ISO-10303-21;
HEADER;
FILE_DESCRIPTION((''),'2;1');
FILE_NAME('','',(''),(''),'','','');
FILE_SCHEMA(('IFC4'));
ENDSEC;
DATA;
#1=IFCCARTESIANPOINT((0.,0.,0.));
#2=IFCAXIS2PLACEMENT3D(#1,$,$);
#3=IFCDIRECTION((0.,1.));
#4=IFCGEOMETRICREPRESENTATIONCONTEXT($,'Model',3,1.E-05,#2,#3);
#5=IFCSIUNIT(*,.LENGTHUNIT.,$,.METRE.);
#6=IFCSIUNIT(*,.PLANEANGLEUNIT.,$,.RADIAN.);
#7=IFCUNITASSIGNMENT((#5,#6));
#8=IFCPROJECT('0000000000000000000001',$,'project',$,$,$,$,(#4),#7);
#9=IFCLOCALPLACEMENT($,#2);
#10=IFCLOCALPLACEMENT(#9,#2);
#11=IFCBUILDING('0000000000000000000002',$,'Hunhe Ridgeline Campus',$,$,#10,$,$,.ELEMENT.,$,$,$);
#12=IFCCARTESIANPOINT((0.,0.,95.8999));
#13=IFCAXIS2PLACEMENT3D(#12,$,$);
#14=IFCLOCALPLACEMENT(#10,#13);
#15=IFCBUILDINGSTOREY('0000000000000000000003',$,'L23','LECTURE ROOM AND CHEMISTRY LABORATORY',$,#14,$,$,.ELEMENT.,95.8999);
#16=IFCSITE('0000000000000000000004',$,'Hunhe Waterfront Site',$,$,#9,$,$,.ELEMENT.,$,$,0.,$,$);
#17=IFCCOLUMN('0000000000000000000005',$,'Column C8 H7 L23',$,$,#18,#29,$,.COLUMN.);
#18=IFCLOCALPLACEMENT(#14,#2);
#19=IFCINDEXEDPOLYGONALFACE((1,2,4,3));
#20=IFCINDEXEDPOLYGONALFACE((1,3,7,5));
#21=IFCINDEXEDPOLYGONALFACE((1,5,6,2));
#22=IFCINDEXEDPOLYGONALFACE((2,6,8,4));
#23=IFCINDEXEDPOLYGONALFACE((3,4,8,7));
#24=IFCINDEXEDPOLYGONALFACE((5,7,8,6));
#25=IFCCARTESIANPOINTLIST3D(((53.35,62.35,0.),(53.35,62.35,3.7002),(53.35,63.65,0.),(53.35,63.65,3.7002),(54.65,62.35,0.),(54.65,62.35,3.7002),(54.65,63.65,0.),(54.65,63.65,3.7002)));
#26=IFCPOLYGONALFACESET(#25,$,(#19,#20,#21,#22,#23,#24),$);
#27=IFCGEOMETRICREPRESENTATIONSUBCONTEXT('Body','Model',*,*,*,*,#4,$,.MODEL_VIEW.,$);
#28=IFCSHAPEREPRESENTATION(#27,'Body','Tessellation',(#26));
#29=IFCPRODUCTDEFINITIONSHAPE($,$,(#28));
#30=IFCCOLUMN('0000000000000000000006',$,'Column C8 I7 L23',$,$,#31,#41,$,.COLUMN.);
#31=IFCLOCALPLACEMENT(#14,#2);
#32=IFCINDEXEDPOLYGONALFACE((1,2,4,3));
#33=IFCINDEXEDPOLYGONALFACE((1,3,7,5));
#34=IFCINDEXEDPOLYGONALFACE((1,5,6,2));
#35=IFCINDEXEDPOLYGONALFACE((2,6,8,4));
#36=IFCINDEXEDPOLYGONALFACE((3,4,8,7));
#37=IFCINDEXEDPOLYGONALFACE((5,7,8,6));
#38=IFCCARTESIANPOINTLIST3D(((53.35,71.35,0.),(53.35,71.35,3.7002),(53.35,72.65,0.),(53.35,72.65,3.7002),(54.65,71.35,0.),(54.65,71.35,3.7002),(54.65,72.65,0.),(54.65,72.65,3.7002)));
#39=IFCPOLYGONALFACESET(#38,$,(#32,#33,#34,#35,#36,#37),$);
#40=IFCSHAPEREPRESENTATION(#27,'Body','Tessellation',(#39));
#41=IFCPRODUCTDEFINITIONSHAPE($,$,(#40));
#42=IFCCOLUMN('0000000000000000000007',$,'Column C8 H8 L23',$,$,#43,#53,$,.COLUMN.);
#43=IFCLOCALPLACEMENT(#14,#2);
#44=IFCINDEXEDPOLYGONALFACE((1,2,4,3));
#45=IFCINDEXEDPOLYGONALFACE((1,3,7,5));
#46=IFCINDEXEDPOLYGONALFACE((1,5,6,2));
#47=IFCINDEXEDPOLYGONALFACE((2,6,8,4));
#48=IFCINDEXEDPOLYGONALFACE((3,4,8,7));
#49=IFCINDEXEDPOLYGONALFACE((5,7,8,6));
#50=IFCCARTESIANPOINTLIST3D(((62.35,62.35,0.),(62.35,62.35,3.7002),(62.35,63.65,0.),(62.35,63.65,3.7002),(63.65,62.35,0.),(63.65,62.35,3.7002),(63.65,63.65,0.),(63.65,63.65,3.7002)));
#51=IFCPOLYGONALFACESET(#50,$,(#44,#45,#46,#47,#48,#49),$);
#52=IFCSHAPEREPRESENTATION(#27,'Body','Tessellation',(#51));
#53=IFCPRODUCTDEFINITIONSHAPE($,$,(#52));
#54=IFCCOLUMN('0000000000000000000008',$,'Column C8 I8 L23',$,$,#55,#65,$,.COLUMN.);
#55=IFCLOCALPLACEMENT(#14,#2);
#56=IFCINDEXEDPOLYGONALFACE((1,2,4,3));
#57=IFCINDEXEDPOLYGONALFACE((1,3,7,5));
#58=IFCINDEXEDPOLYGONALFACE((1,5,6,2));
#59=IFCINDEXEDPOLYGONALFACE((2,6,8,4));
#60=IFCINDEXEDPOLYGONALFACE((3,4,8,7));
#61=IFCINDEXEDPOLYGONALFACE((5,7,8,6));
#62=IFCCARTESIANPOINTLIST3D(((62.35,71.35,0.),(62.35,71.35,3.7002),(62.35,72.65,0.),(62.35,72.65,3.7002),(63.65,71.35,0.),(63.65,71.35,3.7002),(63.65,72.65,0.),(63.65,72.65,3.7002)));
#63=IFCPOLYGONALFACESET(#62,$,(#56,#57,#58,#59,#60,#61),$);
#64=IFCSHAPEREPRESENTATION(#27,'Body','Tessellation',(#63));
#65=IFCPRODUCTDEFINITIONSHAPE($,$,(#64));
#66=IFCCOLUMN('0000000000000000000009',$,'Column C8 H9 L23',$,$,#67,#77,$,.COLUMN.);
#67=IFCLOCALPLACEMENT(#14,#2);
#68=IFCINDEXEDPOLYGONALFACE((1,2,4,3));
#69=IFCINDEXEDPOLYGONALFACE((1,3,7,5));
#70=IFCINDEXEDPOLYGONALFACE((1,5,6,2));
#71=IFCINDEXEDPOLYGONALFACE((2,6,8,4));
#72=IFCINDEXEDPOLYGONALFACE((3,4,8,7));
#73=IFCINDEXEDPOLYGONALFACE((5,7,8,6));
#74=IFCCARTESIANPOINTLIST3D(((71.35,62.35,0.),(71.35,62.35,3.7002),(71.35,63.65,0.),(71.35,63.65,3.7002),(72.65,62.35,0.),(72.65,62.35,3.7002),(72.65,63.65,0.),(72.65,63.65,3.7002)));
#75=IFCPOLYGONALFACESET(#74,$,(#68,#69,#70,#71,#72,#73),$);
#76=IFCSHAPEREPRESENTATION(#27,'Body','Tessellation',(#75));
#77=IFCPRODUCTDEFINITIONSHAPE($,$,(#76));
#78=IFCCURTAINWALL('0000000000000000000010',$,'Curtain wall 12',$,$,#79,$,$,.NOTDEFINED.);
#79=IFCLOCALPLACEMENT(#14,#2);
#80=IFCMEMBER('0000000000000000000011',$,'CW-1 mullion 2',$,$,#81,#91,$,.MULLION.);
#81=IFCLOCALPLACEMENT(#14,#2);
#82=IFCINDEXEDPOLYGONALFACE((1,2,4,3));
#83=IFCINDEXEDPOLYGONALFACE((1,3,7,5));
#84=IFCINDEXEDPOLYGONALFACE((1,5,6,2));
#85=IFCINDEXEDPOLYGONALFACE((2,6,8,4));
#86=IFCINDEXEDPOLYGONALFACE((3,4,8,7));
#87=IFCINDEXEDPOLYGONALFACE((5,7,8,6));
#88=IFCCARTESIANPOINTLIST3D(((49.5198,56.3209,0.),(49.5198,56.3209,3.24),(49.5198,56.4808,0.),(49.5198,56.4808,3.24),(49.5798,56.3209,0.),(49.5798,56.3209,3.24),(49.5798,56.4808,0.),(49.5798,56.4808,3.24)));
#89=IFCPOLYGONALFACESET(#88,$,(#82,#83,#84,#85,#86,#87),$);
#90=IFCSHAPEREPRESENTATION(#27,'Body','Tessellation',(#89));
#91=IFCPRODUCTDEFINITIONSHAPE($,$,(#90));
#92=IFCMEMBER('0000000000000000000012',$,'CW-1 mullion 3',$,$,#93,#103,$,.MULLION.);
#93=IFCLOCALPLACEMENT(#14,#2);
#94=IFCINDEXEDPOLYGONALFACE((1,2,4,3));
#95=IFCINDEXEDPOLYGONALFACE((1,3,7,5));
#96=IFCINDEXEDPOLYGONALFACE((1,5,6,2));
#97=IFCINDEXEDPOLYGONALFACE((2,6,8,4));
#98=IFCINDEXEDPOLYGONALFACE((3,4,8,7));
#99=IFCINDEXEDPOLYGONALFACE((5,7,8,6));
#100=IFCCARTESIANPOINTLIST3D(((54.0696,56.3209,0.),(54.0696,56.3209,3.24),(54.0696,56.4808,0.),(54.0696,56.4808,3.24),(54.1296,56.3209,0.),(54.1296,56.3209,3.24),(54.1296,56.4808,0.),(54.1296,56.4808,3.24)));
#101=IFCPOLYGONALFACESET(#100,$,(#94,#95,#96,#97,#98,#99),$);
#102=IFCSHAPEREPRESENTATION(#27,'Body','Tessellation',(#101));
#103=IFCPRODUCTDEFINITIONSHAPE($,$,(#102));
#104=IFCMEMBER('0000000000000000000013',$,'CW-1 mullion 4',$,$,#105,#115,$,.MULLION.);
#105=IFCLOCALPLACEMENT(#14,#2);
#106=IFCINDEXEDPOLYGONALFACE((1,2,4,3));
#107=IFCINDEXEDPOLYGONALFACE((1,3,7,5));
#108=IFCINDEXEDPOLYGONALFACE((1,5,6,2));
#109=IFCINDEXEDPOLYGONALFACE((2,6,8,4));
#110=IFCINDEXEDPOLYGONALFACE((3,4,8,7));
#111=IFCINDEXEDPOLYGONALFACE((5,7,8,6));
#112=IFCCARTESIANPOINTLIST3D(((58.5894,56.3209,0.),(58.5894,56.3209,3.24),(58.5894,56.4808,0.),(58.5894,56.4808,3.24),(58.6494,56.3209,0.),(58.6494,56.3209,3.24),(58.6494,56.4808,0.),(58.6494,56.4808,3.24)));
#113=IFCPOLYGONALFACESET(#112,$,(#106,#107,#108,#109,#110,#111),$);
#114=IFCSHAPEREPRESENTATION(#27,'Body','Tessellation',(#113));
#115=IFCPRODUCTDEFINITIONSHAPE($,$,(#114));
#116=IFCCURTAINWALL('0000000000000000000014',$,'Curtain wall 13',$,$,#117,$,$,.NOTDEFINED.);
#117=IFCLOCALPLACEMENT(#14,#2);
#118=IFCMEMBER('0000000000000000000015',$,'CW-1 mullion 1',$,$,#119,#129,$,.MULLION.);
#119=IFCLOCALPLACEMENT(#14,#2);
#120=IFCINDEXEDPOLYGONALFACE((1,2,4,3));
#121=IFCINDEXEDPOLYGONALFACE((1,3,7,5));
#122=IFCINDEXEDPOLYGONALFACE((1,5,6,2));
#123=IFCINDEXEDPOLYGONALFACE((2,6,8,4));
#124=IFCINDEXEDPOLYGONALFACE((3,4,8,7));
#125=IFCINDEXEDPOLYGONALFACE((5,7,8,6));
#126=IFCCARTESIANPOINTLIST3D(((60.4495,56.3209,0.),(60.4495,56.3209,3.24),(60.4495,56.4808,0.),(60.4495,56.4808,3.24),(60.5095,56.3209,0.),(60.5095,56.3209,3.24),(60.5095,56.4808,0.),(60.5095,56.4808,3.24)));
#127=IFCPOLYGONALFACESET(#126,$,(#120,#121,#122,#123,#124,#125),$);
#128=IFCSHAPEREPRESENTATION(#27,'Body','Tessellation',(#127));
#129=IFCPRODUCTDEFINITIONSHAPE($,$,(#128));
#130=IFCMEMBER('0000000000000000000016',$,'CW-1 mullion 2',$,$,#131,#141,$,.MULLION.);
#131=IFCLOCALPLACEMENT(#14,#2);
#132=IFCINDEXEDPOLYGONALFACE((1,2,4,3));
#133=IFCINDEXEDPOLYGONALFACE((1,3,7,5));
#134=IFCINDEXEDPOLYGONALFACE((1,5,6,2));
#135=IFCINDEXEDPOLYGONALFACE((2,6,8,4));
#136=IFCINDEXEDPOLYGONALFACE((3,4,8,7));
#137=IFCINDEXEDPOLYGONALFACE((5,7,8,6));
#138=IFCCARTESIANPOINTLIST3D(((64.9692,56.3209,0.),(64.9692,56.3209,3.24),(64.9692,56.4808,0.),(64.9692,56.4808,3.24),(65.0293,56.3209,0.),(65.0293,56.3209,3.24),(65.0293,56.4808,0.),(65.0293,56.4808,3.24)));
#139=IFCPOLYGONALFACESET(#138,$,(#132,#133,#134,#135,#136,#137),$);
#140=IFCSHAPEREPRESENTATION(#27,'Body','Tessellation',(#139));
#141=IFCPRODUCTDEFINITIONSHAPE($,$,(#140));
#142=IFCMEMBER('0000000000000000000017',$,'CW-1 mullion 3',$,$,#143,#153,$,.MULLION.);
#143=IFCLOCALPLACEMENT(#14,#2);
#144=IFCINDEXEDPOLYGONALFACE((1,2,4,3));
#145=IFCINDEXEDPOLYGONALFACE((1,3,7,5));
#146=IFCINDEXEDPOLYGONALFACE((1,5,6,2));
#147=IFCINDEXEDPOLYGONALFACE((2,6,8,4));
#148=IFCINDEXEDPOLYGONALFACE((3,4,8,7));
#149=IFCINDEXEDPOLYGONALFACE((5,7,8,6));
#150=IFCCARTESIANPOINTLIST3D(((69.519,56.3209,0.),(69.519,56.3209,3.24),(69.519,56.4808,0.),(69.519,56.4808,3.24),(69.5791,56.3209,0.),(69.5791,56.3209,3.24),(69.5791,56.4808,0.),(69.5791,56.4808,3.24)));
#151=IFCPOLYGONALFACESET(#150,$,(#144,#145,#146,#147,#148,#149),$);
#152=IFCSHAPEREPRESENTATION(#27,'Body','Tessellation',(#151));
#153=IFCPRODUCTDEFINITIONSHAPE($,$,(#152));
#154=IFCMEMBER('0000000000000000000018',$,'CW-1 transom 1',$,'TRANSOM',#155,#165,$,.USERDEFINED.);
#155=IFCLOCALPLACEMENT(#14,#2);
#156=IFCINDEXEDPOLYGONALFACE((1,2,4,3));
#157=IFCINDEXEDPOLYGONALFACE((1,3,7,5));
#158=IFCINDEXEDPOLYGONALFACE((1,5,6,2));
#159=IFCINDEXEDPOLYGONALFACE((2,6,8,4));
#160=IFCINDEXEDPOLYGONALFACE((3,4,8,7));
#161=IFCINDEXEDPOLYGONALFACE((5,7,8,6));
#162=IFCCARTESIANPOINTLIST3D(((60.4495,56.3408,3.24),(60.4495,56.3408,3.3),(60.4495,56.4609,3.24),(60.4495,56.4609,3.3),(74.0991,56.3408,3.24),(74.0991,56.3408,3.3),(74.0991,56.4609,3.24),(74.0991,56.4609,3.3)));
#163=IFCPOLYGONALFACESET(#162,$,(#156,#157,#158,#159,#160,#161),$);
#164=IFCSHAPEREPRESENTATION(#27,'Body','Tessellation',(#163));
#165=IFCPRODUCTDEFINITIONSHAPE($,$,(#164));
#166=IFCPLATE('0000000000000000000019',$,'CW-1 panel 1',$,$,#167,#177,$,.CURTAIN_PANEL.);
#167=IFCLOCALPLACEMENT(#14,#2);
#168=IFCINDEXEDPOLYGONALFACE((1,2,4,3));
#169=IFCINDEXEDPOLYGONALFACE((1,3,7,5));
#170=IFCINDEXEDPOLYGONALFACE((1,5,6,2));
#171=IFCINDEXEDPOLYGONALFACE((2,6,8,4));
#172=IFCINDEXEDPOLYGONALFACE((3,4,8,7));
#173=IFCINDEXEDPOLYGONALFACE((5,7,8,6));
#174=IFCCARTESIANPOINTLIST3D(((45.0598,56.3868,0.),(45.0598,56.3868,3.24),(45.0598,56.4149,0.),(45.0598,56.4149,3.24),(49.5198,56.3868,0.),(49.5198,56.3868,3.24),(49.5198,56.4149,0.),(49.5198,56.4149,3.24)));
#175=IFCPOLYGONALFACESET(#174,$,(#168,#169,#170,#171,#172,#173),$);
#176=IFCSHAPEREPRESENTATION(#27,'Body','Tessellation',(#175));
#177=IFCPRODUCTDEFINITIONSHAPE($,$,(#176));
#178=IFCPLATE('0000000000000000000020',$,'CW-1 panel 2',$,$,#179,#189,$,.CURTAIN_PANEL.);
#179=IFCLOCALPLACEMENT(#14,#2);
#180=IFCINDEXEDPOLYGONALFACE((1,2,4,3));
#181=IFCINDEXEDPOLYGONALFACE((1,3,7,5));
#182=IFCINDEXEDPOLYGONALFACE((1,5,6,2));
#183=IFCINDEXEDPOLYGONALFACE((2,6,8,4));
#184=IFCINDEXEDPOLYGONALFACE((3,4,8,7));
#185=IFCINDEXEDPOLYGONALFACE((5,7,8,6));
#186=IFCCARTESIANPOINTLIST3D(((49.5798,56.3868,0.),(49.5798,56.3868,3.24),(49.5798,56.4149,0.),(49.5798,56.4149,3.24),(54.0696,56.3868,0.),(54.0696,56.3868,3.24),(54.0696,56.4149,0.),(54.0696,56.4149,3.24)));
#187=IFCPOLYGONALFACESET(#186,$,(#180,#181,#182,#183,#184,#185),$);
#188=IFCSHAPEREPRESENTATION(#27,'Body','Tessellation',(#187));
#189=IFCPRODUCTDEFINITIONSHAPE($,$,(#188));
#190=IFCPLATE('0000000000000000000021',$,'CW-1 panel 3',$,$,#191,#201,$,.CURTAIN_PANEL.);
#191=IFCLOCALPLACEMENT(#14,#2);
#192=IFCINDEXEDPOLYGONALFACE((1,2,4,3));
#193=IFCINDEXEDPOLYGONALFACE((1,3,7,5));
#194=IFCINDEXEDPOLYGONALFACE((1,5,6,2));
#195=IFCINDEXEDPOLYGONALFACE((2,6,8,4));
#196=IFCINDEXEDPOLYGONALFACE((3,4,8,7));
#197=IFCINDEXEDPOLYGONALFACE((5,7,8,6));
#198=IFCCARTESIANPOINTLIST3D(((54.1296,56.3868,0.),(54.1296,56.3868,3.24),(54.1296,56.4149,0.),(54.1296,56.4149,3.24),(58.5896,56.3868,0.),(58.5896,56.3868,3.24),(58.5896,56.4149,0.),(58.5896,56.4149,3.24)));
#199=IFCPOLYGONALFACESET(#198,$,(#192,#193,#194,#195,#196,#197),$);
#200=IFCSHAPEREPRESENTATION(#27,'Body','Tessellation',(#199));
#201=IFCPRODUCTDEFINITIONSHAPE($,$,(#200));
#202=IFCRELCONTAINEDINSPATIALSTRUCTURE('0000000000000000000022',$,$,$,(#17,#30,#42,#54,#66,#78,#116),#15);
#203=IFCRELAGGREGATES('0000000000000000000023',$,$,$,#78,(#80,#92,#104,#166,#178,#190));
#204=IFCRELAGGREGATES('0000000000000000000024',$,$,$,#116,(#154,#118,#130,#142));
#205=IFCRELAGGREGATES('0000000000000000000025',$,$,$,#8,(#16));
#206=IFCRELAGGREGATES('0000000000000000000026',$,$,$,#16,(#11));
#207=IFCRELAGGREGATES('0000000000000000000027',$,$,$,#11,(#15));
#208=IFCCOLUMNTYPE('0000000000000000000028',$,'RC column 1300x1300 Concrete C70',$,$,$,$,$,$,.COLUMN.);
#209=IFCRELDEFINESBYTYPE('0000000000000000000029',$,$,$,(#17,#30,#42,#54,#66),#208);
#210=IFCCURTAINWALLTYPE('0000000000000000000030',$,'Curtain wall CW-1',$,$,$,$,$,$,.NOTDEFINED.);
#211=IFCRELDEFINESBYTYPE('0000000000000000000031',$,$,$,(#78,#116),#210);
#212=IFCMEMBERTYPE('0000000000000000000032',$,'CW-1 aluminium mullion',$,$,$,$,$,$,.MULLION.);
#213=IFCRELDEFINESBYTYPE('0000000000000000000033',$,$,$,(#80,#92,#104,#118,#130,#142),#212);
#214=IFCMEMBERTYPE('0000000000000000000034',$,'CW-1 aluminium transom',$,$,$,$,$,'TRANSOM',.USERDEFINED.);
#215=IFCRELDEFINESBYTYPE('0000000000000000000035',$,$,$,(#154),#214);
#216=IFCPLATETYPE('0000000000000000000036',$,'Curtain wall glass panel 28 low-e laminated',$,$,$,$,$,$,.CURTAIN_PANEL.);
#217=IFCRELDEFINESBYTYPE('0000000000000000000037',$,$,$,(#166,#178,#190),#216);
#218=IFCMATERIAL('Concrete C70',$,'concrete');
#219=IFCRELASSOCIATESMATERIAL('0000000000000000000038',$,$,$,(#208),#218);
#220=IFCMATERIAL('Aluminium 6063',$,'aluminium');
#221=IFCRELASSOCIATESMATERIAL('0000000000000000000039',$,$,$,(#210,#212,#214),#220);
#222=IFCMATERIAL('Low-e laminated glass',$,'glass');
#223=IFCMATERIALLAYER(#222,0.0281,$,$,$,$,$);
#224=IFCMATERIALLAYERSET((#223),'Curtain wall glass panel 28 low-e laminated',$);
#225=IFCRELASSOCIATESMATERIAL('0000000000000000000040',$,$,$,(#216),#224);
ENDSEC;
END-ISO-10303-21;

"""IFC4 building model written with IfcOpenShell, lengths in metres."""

from ifc_helpers import new_model, si_unit, direction, frame, origin, origin_2d, place, context, subcontext, project, spatial, rectangle, extrude, material, layer, layer_set, material_profile, profile_set, type_object, element, aggregate, save


model = new_model("IFC4")

# Units and contexts
model_context = context("Model", 3, precision=1e-05, world=origin(), true_north=direction((0.0, 1.0)))
body_context = subcontext(model_context, "Body", "Model", "MODEL_VIEW")
ifc_project = project(units=[si_unit("LENGTHUNIT", "METRE"), si_unit("PLANEANGLEUNIT", "RADIAN")], contexts=[model_context])

# Site, building, storey
site_placement = place(None, origin())
site = spatial("IfcSite", under=ifc_project, at=site_placement, Name="Hunhe Waterfront Site", CompositionType="ELEMENT", RefElevation=0.0)
building_placement = place(site_placement, origin())
building = spatial("IfcBuilding", under=site, at=building_placement, Name="Hunhe Ridgeline Campus", CompositionType="ELEMENT")
storey_placement = place(building_placement, frame((0.0, 0.0, 95.8999)))
storey = spatial("IfcBuildingStorey", under=building, at=storey_placement, Name="L23", Description="LECTURE ROOM AND CHEMISTRY LABORATORY", CompositionType="ELEMENT", Elevation=95.8999)

# Columns
ifc_material_1 = material(Name="Concrete C70", Category="concrete")
ifc_material_profile_1 = material_profile(ifc_material_1, rectangle(XDim=1.3, YDim=1.3, at=origin_2d()))
ifc_profile_set_1 = profile_set([ifc_material_profile_1], Name="Concrete C70")
column_type = type_object("IfcColumnType", Name="RC column 1300x1300 Concrete C70", PredefinedType="COLUMN", material=ifc_profile_set_1)
for number, where, z_axis, x_axis, name in (
    (1, (54.0, 63.0, 0.0), (0.0, 0.0, 1.0), (1.0, 0.0, 0.0), "Column C8 H7 L23"),
    (2, (54.0, 72.0, 0.0), (0.0, 0.0, 1.0), (1.0, 0.0, 0.0), "Column C8 I7 L23"),
    (3, (63.0, 63.0, 0.0), (0.0, 0.0, 1.0), (1.0, 0.0, 0.0), "Column C8 H8 L23"),
    (4, (63.0, 72.0, 0.0), (0.0, 0.0, 1.0), (1.0, 0.0, 0.0), "Column C8 I8 L23"),
    (5, (72.0, 63.0, 0.0), (0.0, 0.0, 1.0), (1.0, 0.0, 0.0), "Column C8 H9 L23"),
):
    element("IfcColumn", number, at=place(storey_placement, frame(where, z_axis=z_axis, x_axis=x_axis)), inside=storey, type_object=column_type, Name=name, PredefinedType="COLUMN", context=body_context, shape_type="SweptSolid", body=[
        extrude(rectangle(XDim=1.3, YDim=1.3, at=origin_2d()), origin(), (0.0, 0.0, 1.0), 3.7002),
    ])

# Curtain walls, members
ifc_material_2 = material(Name="Aluminium 6063", Category="aluminium")
curtain_wall_type = type_object("IfcCurtainWallType", Name="Curtain wall CW-1", PredefinedType="NOTDEFINED", material=ifc_material_2)
curtain_wall_1_placement = place(storey_placement, origin())
curtain_wall_1 = element("IfcCurtainWall", 6, at=curtain_wall_1_placement, inside=storey, type_object=curtain_wall_type, Name="Curtain wall 12", PredefinedType="NOTDEFINED")
ifc_material_profile_2 = material_profile(ifc_material_2, rectangle(XDim=0.1599, YDim=0.0601, at=origin_2d()))
ifc_profile_set_2 = profile_set([ifc_material_profile_2], Name="Aluminium 6063")
member_type_1 = type_object("IfcMemberType", Name="CW-1 aluminium mullion", PredefinedType="MULLION", material=ifc_profile_set_2)
member_1_placement = place(storey_placement, frame((49.5498, 56.4009, 0.0), z_axis=(0.0, 0.0, 1.0), x_axis=(0.0, 1.0, 0.0)))
member_1 = element("IfcMember", 7, at=member_1_placement, type_object=member_type_1, Name="CW-1 mullion 2", PredefinedType="MULLION", context=body_context, shape_type="SweptSolid", body=[
    extrude(rectangle(XDim=0.1599, YDim=0.0601, at=origin_2d()), origin(), (0.0, 0.0, 1.0), 3.24),
])
member_2_placement = place(storey_placement, frame((54.0996, 56.4009, 0.0), z_axis=(0.0, 0.0, 1.0), x_axis=(0.0, 1.0, 0.0)))
member_2 = element("IfcMember", 8, at=member_2_placement, type_object=member_type_1, Name="CW-1 mullion 3", PredefinedType="MULLION", context=body_context, shape_type="SweptSolid", body=[
    extrude(rectangle(XDim=0.1599, YDim=0.0601, at=origin_2d()), origin(), (0.0, 0.0, 1.0), 3.24),
])
member_3_placement = place(storey_placement, frame((58.6194, 56.4009, 0.0), z_axis=(0.0, 0.0, 1.0), x_axis=(0.0, 1.0, 0.0)))
member_3 = element("IfcMember", 9, at=member_3_placement, type_object=member_type_1, Name="CW-1 mullion 4", PredefinedType="MULLION", context=body_context, shape_type="SweptSolid", body=[
    extrude(rectangle(XDim=0.1599, YDim=0.0601, at=origin_2d()), origin(), (0.0, 0.0, 1.0), 3.24),
])
curtain_wall_2_placement = place(storey_placement, origin())
curtain_wall_2 = element("IfcCurtainWall", 10, at=curtain_wall_2_placement, inside=storey, type_object=curtain_wall_type, Name="Curtain wall 13", PredefinedType="NOTDEFINED")
member_4_placement = place(storey_placement, frame((60.4795, 56.4009, 0.0), z_axis=(0.0, 0.0, 1.0), x_axis=(0.0, 1.0, 0.0)))
member_4 = element("IfcMember", 11, at=member_4_placement, type_object=member_type_1, Name="CW-1 mullion 1", PredefinedType="MULLION", context=body_context, shape_type="SweptSolid", body=[
    extrude(rectangle(XDim=0.1599, YDim=0.0601, at=origin_2d()), origin(), (0.0, 0.0, 1.0), 3.24),
])
member_5_placement = place(storey_placement, frame((64.9993, 56.4009, 0.0), z_axis=(0.0, 0.0, 1.0), x_axis=(0.0, 1.0, 0.0)))
member_5 = element("IfcMember", 12, at=member_5_placement, type_object=member_type_1, Name="CW-1 mullion 2", PredefinedType="MULLION", context=body_context, shape_type="SweptSolid", body=[
    extrude(rectangle(XDim=0.1599, YDim=0.0601, at=origin_2d()), origin(), (0.0, 0.0, 1.0), 3.24),
])
member_6_placement = place(storey_placement, frame((69.5491, 56.4009, 0.0), z_axis=(0.0, 0.0, 1.0), x_axis=(0.0, 1.0, 0.0)))
member_6 = element("IfcMember", 13, at=member_6_placement, type_object=member_type_1, Name="CW-1 mullion 3", PredefinedType="MULLION", context=body_context, shape_type="SweptSolid", body=[
    extrude(rectangle(XDim=0.1599, YDim=0.0601, at=origin_2d()), origin(), (0.0, 0.0, 1.0), 3.24),
])
ifc_material_profile_3 = material_profile(ifc_material_2, rectangle(XDim=0.1201, YDim=0.0601, at=origin_2d()))
ifc_profile_set_3 = profile_set([ifc_material_profile_3], Name="Aluminium 6063")
member_type_2 = type_object("IfcMemberType", Name="CW-1 aluminium transom", ElementType="TRANSOM", PredefinedType="USERDEFINED", material=ifc_profile_set_3)
member_7_placement = place(storey_placement, frame((60.4495, 56.4009, 3.27), z_axis=(1.0, 0.0, 0.0), x_axis=(0.0, 1.0, 0.0)))
member_7 = element("IfcMember", 14, at=member_7_placement, type_object=member_type_2, Name="CW-1 transom 1", ObjectType="TRANSOM", PredefinedType="USERDEFINED", context=body_context, shape_type="SweptSolid", body=[
    extrude(rectangle(XDim=0.1201, YDim=0.0601, at=origin_2d()), origin(), (0.0, 0.0, 1.0), 13.6497),
])

# Plates
ifc_material_3 = material(Name="Low-e laminated glass", Category="glass")
ifc_layer_1 = layer(ifc_material_3, 0.0281)
ifc_layer_set_1 = layer_set([ifc_layer_1], Name="Curtain wall glass panel 28 low-e laminated")
plate_type = type_object("IfcPlateType", Name="Curtain wall glass panel 28 low-e laminated", PredefinedType="CURTAIN_PANEL", material=ifc_layer_set_1)
plate_1_placement = place(storey_placement, frame((47.2898, 56.4009, 0.0), z_axis=(0.0, 0.0, 1.0), x_axis=(1.0, 0.0, 0.0)))
plate_1 = element("IfcPlate", 15, at=plate_1_placement, type_object=plate_type, Name="CW-1 panel 1", PredefinedType="CURTAIN_PANEL", context=body_context, shape_type="SweptSolid", body=[
    extrude(rectangle(XDim=4.46, YDim=0.0281, at=origin_2d()), origin(), (0.0, 0.0, 1.0), 3.24),
])
plate_2_placement = place(storey_placement, frame((51.8247, 56.4009, 0.0), z_axis=(0.0, 0.0, 1.0), x_axis=(1.0, 0.0, 0.0)))
plate_2 = element("IfcPlate", 16, at=plate_2_placement, type_object=plate_type, Name="CW-1 panel 2", PredefinedType="CURTAIN_PANEL", context=body_context, shape_type="SweptSolid", body=[
    extrude(rectangle(XDim=4.4897, YDim=0.0281, at=origin_2d()), origin(), (0.0, 0.0, 1.0), 3.24),
])
plate_3_placement = place(storey_placement, frame((56.3596, 56.4009, 0.0), z_axis=(0.0, 0.0, 1.0), x_axis=(1.0, 0.0, 0.0)))
plate_3 = element("IfcPlate", 17, at=plate_3_placement, type_object=plate_type, Name="CW-1 panel 3", PredefinedType="CURTAIN_PANEL", context=body_context, shape_type="SweptSolid", body=[
    extrude(rectangle(XDim=4.46, YDim=0.0281, at=origin_2d()), origin(), (0.0, 0.0, 1.0), 3.24),
])
aggregate(curtain_wall_1, [member_1, member_2, member_3, plate_1, plate_2, plate_3])
aggregate(curtain_wall_2, [member_7, member_4, member_5, member_6])

save(model, "model.ifc")
